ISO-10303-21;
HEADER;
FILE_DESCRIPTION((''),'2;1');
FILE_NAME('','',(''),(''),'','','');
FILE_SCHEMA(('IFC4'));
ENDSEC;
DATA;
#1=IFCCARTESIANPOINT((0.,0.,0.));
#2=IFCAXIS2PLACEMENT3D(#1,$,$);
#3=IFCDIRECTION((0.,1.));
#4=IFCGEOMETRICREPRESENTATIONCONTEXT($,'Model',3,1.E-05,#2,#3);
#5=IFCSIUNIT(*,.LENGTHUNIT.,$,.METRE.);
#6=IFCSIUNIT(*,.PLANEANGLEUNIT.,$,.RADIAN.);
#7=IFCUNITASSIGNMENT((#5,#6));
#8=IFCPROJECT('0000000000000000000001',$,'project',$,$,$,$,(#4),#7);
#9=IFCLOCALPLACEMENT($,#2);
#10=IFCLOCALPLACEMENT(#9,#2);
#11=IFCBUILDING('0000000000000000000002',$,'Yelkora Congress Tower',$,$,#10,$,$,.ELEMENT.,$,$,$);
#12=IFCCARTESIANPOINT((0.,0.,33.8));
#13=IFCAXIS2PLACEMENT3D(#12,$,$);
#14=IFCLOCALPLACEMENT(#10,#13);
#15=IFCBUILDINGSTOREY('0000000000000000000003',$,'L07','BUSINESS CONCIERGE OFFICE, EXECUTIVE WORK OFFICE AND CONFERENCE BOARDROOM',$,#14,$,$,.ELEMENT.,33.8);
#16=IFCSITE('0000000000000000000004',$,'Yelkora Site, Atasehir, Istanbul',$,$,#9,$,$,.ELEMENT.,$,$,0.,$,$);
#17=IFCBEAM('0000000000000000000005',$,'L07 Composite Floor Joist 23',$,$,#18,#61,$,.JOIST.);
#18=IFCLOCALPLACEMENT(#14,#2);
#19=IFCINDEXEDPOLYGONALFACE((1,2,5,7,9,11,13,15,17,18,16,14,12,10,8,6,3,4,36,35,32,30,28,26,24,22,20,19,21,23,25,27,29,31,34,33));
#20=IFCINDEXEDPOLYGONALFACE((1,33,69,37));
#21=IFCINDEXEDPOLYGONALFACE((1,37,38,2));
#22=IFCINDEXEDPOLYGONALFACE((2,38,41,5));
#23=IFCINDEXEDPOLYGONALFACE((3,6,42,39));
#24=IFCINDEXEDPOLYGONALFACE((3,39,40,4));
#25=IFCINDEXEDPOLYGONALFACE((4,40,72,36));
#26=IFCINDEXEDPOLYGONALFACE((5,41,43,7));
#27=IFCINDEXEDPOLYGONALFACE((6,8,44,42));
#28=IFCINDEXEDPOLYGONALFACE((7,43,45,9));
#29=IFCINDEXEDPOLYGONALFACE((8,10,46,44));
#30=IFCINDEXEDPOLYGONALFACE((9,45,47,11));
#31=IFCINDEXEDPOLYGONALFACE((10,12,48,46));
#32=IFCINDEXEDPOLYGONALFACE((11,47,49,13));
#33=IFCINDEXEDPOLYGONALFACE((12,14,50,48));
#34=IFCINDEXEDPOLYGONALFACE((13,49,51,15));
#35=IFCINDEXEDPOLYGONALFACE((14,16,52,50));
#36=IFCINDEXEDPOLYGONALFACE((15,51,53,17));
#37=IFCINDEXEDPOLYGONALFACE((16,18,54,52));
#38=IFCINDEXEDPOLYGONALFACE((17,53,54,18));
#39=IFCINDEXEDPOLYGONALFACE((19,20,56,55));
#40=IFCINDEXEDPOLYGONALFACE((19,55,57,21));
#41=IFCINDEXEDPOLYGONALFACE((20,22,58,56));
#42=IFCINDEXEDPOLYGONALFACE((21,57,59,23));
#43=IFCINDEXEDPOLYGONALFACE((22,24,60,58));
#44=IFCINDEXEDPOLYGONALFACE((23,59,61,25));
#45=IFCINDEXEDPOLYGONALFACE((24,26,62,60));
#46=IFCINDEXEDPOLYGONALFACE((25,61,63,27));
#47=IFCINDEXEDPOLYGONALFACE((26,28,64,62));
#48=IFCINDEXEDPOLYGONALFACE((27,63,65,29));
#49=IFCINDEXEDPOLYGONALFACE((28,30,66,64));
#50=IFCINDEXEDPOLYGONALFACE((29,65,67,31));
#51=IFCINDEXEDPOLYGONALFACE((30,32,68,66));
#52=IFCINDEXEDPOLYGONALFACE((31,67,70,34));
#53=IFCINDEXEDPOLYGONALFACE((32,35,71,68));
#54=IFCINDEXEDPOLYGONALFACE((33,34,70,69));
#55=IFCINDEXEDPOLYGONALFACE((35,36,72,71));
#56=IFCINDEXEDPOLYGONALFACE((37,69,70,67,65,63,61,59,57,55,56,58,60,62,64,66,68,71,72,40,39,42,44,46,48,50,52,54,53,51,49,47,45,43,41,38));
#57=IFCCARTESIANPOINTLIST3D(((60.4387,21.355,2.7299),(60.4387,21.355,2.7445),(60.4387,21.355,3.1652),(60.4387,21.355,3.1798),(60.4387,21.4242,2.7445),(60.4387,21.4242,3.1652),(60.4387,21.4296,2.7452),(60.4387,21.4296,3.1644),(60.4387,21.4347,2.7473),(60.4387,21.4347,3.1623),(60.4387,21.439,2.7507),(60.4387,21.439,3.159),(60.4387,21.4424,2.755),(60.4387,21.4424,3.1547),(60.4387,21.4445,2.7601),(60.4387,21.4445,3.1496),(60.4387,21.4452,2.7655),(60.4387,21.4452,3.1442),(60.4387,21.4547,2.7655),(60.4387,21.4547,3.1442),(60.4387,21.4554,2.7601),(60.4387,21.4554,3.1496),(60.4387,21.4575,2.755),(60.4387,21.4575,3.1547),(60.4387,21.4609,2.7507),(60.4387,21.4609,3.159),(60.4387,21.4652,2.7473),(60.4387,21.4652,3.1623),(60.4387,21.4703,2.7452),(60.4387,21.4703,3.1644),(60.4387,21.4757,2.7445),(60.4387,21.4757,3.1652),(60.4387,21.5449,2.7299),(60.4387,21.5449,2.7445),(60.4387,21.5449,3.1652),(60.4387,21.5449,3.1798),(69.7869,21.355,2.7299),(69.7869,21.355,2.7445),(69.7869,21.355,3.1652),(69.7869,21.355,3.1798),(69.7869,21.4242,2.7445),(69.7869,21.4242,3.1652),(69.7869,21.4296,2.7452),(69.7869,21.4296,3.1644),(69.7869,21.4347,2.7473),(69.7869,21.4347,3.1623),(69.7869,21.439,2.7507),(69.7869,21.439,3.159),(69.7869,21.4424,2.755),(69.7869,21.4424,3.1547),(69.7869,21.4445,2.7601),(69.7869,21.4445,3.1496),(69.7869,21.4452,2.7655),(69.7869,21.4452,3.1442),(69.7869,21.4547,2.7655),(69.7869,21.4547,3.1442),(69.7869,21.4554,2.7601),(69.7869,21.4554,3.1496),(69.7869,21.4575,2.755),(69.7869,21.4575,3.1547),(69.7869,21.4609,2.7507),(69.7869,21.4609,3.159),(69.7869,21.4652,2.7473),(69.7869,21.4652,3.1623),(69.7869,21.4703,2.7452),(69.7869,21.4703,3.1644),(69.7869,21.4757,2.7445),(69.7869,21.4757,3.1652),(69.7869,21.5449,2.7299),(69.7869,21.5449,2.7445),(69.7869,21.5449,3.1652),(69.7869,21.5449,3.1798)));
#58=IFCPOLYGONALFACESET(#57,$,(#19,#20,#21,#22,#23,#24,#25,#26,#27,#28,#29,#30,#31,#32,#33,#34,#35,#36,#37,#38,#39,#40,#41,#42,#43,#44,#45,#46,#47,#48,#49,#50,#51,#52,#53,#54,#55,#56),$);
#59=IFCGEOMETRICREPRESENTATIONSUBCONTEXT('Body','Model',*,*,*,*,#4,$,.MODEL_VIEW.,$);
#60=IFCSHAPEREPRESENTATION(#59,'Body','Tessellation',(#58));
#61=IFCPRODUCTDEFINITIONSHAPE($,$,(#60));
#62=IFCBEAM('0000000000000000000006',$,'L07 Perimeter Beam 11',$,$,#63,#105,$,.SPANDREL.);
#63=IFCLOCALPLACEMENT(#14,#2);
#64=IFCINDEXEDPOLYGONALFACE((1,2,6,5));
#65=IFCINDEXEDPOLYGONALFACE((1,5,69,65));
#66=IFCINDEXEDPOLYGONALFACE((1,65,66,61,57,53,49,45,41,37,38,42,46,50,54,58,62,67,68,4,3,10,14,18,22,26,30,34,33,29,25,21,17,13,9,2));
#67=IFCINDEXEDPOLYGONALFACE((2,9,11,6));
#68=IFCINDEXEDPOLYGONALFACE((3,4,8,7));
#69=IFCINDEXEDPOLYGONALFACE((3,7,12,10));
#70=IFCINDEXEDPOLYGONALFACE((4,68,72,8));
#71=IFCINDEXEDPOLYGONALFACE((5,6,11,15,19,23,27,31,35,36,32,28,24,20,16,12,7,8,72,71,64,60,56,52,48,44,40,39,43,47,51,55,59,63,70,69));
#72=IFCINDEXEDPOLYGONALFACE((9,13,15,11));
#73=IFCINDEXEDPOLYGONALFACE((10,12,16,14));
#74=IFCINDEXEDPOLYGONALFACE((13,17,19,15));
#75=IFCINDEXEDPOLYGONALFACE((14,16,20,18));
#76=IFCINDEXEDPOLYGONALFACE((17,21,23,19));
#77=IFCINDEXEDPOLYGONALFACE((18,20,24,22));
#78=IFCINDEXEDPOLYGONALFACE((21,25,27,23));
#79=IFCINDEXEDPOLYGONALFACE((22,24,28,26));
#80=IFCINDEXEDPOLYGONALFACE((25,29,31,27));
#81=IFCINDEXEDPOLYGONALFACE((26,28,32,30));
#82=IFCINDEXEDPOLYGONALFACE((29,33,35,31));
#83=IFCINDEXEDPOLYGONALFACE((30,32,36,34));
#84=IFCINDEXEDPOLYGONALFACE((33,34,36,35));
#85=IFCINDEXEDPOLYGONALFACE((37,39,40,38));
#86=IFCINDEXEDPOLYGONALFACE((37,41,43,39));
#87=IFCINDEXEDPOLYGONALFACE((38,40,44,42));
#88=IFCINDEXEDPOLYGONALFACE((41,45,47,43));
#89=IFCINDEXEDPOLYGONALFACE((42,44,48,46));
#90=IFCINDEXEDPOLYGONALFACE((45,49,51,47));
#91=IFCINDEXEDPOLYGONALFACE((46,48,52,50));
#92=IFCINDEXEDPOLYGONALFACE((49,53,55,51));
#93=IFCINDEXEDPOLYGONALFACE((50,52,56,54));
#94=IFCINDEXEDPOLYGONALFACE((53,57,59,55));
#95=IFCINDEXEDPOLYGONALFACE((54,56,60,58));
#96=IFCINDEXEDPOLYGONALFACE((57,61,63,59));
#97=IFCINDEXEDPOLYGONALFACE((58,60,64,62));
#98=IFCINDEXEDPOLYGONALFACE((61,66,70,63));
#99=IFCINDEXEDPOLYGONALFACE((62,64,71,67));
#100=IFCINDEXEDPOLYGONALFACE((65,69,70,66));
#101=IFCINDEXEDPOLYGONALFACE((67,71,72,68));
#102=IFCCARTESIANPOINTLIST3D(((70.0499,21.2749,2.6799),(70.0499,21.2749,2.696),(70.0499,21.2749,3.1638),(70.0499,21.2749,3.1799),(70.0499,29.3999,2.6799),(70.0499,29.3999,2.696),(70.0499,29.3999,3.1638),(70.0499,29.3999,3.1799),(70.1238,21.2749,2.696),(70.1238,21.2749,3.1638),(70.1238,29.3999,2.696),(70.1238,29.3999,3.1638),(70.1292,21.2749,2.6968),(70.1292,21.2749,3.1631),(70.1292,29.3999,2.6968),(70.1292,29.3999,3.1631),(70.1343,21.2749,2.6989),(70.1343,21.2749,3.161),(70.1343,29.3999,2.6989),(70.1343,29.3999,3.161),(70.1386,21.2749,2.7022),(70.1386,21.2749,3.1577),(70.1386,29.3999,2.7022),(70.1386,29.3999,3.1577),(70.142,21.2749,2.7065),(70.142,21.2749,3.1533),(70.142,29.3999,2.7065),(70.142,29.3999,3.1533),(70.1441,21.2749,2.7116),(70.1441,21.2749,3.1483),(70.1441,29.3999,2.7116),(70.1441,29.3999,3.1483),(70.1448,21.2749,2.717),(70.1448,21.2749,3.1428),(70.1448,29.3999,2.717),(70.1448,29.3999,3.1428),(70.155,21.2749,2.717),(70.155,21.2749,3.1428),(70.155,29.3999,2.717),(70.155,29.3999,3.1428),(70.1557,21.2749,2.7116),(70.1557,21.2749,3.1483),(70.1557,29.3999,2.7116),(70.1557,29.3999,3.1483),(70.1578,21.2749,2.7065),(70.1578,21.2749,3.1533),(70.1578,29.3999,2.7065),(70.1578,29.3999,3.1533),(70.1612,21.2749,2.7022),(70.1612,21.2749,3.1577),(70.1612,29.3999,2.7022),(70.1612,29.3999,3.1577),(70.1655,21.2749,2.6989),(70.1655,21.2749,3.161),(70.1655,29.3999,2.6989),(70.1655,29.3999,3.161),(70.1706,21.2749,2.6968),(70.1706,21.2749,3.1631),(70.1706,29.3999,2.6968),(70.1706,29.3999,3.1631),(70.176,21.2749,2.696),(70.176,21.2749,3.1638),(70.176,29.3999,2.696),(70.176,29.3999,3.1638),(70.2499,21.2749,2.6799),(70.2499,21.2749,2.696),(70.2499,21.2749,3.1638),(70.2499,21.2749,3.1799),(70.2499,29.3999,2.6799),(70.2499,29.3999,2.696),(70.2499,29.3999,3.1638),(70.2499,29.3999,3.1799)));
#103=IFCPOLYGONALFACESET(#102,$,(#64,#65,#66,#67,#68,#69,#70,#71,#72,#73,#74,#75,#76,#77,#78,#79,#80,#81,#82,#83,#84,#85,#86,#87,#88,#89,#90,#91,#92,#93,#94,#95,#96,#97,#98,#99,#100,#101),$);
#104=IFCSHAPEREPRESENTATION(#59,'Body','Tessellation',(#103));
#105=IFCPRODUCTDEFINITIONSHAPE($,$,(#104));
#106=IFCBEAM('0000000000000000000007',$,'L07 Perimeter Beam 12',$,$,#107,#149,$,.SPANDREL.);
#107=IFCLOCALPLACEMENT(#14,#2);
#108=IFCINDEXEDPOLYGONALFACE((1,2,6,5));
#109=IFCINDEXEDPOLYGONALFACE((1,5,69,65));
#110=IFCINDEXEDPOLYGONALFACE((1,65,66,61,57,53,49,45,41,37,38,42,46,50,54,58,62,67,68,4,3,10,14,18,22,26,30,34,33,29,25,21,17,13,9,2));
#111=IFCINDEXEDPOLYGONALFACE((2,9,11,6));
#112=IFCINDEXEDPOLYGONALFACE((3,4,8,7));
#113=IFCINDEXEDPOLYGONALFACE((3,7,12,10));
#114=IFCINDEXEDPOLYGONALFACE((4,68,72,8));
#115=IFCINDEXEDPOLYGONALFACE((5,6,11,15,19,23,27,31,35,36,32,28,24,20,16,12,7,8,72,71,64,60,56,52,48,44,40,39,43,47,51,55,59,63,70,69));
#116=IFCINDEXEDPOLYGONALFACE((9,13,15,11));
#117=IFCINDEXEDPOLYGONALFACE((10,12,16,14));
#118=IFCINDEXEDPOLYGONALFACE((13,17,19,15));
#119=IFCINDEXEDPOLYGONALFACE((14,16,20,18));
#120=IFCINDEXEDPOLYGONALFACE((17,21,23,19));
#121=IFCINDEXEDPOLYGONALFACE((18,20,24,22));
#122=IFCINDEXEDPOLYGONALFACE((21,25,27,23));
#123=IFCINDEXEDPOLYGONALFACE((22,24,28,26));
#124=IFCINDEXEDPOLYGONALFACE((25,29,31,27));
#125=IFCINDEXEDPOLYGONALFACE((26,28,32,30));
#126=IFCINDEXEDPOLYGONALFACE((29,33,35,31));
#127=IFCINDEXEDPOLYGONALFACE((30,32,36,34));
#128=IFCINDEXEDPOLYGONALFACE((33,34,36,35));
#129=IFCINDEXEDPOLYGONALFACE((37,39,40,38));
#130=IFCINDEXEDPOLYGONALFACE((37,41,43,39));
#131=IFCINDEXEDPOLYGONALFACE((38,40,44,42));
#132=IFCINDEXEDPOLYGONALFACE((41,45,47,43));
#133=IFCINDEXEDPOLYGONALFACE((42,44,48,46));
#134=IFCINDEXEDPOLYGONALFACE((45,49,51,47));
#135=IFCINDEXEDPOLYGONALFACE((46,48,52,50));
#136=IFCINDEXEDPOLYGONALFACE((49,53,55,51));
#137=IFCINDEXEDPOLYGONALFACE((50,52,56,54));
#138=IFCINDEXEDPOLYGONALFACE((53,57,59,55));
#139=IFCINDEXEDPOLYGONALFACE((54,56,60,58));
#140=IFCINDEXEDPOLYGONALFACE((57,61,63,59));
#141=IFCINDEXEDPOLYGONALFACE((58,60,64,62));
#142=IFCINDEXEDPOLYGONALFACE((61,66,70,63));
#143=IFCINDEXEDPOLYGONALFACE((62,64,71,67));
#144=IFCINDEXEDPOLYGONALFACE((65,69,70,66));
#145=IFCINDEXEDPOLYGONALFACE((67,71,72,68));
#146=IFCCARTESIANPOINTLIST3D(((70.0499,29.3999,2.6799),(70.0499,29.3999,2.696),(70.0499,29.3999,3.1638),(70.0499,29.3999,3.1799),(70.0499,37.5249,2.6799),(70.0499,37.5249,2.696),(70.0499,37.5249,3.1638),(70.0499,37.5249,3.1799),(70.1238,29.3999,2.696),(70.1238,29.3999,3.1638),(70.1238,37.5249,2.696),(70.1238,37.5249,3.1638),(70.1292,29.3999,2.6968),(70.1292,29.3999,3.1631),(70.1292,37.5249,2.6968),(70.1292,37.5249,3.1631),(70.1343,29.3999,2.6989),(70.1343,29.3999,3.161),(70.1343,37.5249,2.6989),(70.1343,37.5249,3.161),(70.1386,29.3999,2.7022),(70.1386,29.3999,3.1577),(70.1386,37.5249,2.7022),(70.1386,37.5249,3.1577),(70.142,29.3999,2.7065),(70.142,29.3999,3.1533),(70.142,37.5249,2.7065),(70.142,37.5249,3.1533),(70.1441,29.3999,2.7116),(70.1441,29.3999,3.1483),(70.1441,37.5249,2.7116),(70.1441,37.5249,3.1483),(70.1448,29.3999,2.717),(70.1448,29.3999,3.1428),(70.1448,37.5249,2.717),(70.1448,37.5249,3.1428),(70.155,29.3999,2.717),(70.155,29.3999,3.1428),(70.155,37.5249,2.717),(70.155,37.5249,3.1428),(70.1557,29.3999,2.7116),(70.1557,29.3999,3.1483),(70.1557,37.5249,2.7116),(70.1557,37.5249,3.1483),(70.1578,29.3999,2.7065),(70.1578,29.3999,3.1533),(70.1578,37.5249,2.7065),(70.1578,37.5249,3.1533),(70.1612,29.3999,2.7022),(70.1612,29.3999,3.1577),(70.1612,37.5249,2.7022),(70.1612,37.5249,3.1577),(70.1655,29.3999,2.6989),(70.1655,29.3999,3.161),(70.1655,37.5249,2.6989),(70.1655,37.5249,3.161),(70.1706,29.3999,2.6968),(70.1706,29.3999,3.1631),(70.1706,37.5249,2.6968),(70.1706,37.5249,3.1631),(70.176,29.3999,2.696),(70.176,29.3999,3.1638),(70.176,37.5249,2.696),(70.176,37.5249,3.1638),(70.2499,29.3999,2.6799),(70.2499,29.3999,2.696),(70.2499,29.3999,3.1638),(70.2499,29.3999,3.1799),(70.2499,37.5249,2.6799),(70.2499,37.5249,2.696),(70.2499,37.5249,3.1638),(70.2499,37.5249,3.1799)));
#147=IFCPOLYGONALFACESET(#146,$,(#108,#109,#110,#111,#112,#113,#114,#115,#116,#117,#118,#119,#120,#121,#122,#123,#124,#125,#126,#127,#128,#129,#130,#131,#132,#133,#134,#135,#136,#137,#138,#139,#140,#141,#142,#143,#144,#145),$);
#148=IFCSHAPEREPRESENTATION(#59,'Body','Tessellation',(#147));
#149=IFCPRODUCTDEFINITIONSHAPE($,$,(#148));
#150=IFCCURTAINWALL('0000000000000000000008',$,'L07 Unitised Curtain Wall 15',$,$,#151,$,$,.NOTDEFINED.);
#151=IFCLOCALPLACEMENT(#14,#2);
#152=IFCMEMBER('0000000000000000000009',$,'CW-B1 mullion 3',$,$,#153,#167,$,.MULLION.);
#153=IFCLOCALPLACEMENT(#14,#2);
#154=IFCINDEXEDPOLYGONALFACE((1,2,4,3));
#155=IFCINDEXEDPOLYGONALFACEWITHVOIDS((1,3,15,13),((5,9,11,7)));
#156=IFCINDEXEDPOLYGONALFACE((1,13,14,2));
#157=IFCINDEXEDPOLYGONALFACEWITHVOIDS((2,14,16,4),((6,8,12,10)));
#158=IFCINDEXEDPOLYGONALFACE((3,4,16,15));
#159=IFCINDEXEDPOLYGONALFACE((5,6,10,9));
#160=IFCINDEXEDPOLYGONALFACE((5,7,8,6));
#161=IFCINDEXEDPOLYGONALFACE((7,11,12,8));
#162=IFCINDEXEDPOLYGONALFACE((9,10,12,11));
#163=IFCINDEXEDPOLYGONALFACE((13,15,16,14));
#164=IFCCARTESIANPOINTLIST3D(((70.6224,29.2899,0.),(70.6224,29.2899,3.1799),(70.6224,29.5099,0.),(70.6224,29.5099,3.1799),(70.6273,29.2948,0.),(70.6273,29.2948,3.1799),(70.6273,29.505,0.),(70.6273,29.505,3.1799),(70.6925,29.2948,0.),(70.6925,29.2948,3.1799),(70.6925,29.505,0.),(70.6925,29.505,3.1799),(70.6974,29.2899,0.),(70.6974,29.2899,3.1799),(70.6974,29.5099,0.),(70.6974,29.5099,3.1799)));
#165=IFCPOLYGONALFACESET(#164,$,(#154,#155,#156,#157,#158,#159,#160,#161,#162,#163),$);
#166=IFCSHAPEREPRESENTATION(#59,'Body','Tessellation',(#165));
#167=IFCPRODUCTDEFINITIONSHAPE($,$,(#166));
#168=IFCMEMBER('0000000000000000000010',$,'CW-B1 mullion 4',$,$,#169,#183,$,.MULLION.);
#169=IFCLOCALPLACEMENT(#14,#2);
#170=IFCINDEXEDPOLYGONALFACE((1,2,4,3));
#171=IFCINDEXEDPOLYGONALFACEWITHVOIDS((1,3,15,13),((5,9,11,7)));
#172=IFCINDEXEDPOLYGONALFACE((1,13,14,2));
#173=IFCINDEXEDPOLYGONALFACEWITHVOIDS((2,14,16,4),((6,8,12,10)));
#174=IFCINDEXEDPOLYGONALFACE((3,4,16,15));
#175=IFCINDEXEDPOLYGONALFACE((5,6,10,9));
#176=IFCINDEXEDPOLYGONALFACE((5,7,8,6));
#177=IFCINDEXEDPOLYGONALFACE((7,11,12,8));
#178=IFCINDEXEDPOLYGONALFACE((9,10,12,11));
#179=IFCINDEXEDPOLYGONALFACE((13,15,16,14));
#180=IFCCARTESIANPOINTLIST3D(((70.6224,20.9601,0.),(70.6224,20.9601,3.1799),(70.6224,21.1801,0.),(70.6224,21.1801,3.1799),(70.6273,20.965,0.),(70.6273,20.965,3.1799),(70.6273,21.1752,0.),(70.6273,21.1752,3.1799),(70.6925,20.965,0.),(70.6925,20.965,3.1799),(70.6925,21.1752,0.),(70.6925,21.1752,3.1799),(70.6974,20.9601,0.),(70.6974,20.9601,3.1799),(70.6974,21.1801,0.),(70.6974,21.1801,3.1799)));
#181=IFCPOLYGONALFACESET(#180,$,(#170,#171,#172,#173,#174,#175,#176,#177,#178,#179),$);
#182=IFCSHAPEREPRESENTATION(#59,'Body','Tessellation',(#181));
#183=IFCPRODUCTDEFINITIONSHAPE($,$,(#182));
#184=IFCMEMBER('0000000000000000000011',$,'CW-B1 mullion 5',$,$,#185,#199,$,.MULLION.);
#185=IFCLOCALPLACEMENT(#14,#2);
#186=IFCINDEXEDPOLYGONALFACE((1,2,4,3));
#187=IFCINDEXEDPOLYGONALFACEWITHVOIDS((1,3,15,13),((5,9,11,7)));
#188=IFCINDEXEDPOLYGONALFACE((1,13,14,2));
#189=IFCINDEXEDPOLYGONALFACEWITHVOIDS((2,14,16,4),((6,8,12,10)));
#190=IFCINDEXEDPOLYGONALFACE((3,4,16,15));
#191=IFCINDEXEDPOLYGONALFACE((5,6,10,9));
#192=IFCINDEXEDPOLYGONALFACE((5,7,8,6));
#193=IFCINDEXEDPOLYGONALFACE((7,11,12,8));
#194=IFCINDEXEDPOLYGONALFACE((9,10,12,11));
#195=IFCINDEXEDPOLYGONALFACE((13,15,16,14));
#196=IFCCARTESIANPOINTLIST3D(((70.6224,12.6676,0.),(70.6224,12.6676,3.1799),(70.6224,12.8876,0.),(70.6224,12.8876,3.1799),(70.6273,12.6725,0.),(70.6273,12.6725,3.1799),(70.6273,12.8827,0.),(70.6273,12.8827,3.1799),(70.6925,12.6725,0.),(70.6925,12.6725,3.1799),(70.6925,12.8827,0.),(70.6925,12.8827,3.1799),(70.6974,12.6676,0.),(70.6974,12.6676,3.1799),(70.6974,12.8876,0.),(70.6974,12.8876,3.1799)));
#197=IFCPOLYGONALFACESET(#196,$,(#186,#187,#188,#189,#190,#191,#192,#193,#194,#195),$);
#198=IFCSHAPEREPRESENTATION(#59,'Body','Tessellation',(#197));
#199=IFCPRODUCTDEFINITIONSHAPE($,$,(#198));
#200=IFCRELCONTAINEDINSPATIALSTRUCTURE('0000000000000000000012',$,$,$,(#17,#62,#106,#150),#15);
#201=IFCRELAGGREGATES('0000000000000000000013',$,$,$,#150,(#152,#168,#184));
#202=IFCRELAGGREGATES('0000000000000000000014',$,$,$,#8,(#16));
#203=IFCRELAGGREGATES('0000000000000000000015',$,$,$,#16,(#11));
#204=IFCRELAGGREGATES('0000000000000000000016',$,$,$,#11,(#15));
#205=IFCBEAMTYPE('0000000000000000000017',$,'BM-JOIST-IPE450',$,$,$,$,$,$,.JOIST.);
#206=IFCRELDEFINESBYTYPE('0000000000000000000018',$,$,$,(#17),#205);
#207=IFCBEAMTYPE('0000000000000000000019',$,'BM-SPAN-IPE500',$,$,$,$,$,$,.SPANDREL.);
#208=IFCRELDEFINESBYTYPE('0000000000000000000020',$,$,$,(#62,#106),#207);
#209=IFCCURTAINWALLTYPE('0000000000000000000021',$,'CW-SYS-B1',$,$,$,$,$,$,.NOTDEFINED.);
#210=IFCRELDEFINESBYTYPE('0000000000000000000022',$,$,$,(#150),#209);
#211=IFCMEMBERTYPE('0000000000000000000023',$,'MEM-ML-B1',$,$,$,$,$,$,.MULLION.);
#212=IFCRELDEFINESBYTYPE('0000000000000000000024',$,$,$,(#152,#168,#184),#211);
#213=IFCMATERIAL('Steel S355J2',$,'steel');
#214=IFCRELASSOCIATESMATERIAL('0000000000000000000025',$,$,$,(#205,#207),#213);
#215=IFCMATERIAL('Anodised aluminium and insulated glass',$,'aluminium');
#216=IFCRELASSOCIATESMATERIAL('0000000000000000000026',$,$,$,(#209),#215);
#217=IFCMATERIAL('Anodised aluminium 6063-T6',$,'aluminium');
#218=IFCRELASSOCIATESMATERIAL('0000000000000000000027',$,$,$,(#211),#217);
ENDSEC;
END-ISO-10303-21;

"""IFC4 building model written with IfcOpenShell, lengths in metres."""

from ifc_helpers import new_model, si_unit, direction, frame, origin, origin_2d, place, context, subcontext, project, spatial, hollow_rectangle, i_section, extrude, material, material_profile, profile_set, type_object, element, aggregate, save


model = new_model("IFC4")

# Units and contexts
model_context = context("Model", 3, precision=1e-05, world=origin(), true_north=direction((0.0, 1.0)))
body_context = subcontext(model_context, "Body", "Model", "MODEL_VIEW")
ifc_project = project(units=[si_unit("LENGTHUNIT", "METRE"), si_unit("PLANEANGLEUNIT", "RADIAN")], contexts=[model_context])

# Site, building, storey
site_placement = place(None, origin())
site = spatial("IfcSite", under=ifc_project, at=site_placement, Name="Yelkora Site, Atasehir, Istanbul", CompositionType="ELEMENT", RefElevation=0.0)
building_placement = place(site_placement, origin())
building = spatial("IfcBuilding", under=site, at=building_placement, Name="Yelkora Congress Tower", CompositionType="ELEMENT")
storey_placement = place(building_placement, frame((0.0, 0.0, 33.8)))
storey = spatial("IfcBuildingStorey", under=building, at=storey_placement, Name="L07", Description="BUSINESS CONCIERGE OFFICE, EXECUTIVE WORK OFFICE AND CONFERENCE BOARDROOM", CompositionType="ELEMENT", Elevation=33.8)

# Beams
ifc_material_1 = material(Name="Steel S355J2", Category="steel")
ifc_material_profile_1 = material_profile(ifc_material_1, i_section(OverallWidth=0.1899, OverallDepth=0.45, WebThickness=0.0095, FlangeThickness=0.0146, FilletRadius=0.021, at=origin_2d()), Name="IPE 450")
ifc_profile_set_1 = profile_set([ifc_material_profile_1], Name="Steel S355J2")
beam_type_1 = type_object("IfcBeamType", Name="BM-JOIST-IPE450", PredefinedType="JOIST", material=ifc_profile_set_1)
beam_1_placement = place(storey_placement, frame((60.4387, 21.45, 2.9548), z_axis=(1.0, 0.0, 0.0), x_axis=(0.0, 1.0, 0.0)))
element("IfcBeam", 1, at=beam_1_placement, inside=storey, type_object=beam_type_1, Name="L07 Composite Floor Joist 23", PredefinedType="JOIST", context=body_context, shape_type="SweptSolid", body=[
    extrude(i_section(OverallWidth=0.1899, OverallDepth=0.45, WebThickness=0.0095, FlangeThickness=0.0146, FilletRadius=0.021, at=origin_2d()), origin(), (0.0, 0.0, 1.0), 9.3481),
])
ifc_material_profile_2 = material_profile(ifc_material_1, i_section(OverallWidth=0.2, OverallDepth=0.5, WebThickness=0.0103, FlangeThickness=0.0161, FilletRadius=0.021, at=origin_2d()), Name="IPE 500")
ifc_profile_set_2 = profile_set([ifc_material_profile_2], Name="Steel S355J2")
beam_type_2 = type_object("IfcBeamType", Name="BM-SPAN-IPE500", PredefinedType="SPANDREL", material=ifc_profile_set_2)
for number, where, z_axis, x_axis, name in (
    (2, (70.1499, 21.2749, 2.9299), (0.0, 1.0, 0.0), (-1.0, 0.0, 0.0), "L07 Perimeter Beam 11"),
    (3, (70.1499, 29.3999, 2.9299), (0.0, 1.0, 0.0), (-1.0, 0.0, 0.0), "L07 Perimeter Beam 12"),
):
    element("IfcBeam", number, at=place(storey_placement, frame(where, z_axis=z_axis, x_axis=x_axis)), inside=storey, type_object=beam_type_2, Name=name, PredefinedType="SPANDREL", context=body_context, shape_type="SweptSolid", body=[
        extrude(i_section(OverallWidth=0.2, OverallDepth=0.5, WebThickness=0.0103, FlangeThickness=0.0161, FilletRadius=0.021, at=origin_2d()), origin(), (0.0, 0.0, 1.0), 8.125),
    ])

# Curtain wall, members
ifc_material_2 = material(Name="Anodised aluminium and insulated glass", Category="aluminium")
curtain_wall_type = type_object("IfcCurtainWallType", Name="CW-SYS-B1", PredefinedType="NOTDEFINED", material=ifc_material_2)
curtain_wall_placement = place(storey_placement, origin())
curtain_wall = element("IfcCurtainWall", 4, at=curtain_wall_placement, inside=storey, type_object=curtain_wall_type, Name="L07 Unitised Curtain Wall 15", PredefinedType="NOTDEFINED")
ifc_material_3 = material(Name="Anodised aluminium 6063-T6", Category="aluminium")
ifc_material_profile_3 = material_profile(ifc_material_3, hollow_rectangle(XDim=0.075, YDim=0.22, WallThickness=0.0049, at=origin_2d()), Name="ALU 75x220x5")
ifc_profile_set_3 = profile_set([ifc_material_profile_3], Name="Anodised aluminium 6063-T6")
member_type_1 = type_object("IfcMemberType", Name="MEM-ML-B1", PredefinedType="MULLION", material=ifc_profile_set_3)
member_1_placement = place(storey_placement, frame((70.6599, 29.3999, 0.0), z_axis=(0.0, 0.0, 1.0), x_axis=(1.0, 0.0, 0.0)))
member_1 = element("IfcMember", 5, at=member_1_placement, type_object=member_type_1, Name="CW-B1 mullion 3", PredefinedType="MULLION", context=body_context, shape_type="SweptSolid", body=[
    extrude(hollow_rectangle(XDim=0.075, YDim=0.22, WallThickness=0.0049, at=origin_2d()), origin(), (0.0, 0.0, 1.0), 3.1799),
])
member_2_placement = place(storey_placement, frame((70.6599, 21.0701, 0.0), z_axis=(0.0, 0.0, 1.0), x_axis=(1.0, 0.0, 0.0)))
member_2 = element("IfcMember", 6, at=member_2_placement, type_object=member_type_1, Name="CW-B1 mullion 4", PredefinedType="MULLION", context=body_context, shape_type="SweptSolid", body=[
    extrude(hollow_rectangle(XDim=0.075, YDim=0.22, WallThickness=0.0049, at=origin_2d()), origin(), (0.0, 0.0, 1.0), 3.1799),
])
member_3_placement = place(storey_placement, frame((70.6599, 12.7776, 0.0), z_axis=(0.0, 0.0, 1.0), x_axis=(1.0, 0.0, 0.0)))
member_3 = element("IfcMember", 7, at=member_3_placement, type_object=member_type_1, Name="CW-B1 mullion 5", PredefinedType="MULLION", context=body_context, shape_type="SweptSolid", body=[
    extrude(hollow_rectangle(XDim=0.075, YDim=0.22, WallThickness=0.0049, at=origin_2d()), origin(), (0.0, 0.0, 1.0), 3.1799),
])
aggregate(curtain_wall, [member_1, member_2, member_3])

save(model, "model.ifc")
